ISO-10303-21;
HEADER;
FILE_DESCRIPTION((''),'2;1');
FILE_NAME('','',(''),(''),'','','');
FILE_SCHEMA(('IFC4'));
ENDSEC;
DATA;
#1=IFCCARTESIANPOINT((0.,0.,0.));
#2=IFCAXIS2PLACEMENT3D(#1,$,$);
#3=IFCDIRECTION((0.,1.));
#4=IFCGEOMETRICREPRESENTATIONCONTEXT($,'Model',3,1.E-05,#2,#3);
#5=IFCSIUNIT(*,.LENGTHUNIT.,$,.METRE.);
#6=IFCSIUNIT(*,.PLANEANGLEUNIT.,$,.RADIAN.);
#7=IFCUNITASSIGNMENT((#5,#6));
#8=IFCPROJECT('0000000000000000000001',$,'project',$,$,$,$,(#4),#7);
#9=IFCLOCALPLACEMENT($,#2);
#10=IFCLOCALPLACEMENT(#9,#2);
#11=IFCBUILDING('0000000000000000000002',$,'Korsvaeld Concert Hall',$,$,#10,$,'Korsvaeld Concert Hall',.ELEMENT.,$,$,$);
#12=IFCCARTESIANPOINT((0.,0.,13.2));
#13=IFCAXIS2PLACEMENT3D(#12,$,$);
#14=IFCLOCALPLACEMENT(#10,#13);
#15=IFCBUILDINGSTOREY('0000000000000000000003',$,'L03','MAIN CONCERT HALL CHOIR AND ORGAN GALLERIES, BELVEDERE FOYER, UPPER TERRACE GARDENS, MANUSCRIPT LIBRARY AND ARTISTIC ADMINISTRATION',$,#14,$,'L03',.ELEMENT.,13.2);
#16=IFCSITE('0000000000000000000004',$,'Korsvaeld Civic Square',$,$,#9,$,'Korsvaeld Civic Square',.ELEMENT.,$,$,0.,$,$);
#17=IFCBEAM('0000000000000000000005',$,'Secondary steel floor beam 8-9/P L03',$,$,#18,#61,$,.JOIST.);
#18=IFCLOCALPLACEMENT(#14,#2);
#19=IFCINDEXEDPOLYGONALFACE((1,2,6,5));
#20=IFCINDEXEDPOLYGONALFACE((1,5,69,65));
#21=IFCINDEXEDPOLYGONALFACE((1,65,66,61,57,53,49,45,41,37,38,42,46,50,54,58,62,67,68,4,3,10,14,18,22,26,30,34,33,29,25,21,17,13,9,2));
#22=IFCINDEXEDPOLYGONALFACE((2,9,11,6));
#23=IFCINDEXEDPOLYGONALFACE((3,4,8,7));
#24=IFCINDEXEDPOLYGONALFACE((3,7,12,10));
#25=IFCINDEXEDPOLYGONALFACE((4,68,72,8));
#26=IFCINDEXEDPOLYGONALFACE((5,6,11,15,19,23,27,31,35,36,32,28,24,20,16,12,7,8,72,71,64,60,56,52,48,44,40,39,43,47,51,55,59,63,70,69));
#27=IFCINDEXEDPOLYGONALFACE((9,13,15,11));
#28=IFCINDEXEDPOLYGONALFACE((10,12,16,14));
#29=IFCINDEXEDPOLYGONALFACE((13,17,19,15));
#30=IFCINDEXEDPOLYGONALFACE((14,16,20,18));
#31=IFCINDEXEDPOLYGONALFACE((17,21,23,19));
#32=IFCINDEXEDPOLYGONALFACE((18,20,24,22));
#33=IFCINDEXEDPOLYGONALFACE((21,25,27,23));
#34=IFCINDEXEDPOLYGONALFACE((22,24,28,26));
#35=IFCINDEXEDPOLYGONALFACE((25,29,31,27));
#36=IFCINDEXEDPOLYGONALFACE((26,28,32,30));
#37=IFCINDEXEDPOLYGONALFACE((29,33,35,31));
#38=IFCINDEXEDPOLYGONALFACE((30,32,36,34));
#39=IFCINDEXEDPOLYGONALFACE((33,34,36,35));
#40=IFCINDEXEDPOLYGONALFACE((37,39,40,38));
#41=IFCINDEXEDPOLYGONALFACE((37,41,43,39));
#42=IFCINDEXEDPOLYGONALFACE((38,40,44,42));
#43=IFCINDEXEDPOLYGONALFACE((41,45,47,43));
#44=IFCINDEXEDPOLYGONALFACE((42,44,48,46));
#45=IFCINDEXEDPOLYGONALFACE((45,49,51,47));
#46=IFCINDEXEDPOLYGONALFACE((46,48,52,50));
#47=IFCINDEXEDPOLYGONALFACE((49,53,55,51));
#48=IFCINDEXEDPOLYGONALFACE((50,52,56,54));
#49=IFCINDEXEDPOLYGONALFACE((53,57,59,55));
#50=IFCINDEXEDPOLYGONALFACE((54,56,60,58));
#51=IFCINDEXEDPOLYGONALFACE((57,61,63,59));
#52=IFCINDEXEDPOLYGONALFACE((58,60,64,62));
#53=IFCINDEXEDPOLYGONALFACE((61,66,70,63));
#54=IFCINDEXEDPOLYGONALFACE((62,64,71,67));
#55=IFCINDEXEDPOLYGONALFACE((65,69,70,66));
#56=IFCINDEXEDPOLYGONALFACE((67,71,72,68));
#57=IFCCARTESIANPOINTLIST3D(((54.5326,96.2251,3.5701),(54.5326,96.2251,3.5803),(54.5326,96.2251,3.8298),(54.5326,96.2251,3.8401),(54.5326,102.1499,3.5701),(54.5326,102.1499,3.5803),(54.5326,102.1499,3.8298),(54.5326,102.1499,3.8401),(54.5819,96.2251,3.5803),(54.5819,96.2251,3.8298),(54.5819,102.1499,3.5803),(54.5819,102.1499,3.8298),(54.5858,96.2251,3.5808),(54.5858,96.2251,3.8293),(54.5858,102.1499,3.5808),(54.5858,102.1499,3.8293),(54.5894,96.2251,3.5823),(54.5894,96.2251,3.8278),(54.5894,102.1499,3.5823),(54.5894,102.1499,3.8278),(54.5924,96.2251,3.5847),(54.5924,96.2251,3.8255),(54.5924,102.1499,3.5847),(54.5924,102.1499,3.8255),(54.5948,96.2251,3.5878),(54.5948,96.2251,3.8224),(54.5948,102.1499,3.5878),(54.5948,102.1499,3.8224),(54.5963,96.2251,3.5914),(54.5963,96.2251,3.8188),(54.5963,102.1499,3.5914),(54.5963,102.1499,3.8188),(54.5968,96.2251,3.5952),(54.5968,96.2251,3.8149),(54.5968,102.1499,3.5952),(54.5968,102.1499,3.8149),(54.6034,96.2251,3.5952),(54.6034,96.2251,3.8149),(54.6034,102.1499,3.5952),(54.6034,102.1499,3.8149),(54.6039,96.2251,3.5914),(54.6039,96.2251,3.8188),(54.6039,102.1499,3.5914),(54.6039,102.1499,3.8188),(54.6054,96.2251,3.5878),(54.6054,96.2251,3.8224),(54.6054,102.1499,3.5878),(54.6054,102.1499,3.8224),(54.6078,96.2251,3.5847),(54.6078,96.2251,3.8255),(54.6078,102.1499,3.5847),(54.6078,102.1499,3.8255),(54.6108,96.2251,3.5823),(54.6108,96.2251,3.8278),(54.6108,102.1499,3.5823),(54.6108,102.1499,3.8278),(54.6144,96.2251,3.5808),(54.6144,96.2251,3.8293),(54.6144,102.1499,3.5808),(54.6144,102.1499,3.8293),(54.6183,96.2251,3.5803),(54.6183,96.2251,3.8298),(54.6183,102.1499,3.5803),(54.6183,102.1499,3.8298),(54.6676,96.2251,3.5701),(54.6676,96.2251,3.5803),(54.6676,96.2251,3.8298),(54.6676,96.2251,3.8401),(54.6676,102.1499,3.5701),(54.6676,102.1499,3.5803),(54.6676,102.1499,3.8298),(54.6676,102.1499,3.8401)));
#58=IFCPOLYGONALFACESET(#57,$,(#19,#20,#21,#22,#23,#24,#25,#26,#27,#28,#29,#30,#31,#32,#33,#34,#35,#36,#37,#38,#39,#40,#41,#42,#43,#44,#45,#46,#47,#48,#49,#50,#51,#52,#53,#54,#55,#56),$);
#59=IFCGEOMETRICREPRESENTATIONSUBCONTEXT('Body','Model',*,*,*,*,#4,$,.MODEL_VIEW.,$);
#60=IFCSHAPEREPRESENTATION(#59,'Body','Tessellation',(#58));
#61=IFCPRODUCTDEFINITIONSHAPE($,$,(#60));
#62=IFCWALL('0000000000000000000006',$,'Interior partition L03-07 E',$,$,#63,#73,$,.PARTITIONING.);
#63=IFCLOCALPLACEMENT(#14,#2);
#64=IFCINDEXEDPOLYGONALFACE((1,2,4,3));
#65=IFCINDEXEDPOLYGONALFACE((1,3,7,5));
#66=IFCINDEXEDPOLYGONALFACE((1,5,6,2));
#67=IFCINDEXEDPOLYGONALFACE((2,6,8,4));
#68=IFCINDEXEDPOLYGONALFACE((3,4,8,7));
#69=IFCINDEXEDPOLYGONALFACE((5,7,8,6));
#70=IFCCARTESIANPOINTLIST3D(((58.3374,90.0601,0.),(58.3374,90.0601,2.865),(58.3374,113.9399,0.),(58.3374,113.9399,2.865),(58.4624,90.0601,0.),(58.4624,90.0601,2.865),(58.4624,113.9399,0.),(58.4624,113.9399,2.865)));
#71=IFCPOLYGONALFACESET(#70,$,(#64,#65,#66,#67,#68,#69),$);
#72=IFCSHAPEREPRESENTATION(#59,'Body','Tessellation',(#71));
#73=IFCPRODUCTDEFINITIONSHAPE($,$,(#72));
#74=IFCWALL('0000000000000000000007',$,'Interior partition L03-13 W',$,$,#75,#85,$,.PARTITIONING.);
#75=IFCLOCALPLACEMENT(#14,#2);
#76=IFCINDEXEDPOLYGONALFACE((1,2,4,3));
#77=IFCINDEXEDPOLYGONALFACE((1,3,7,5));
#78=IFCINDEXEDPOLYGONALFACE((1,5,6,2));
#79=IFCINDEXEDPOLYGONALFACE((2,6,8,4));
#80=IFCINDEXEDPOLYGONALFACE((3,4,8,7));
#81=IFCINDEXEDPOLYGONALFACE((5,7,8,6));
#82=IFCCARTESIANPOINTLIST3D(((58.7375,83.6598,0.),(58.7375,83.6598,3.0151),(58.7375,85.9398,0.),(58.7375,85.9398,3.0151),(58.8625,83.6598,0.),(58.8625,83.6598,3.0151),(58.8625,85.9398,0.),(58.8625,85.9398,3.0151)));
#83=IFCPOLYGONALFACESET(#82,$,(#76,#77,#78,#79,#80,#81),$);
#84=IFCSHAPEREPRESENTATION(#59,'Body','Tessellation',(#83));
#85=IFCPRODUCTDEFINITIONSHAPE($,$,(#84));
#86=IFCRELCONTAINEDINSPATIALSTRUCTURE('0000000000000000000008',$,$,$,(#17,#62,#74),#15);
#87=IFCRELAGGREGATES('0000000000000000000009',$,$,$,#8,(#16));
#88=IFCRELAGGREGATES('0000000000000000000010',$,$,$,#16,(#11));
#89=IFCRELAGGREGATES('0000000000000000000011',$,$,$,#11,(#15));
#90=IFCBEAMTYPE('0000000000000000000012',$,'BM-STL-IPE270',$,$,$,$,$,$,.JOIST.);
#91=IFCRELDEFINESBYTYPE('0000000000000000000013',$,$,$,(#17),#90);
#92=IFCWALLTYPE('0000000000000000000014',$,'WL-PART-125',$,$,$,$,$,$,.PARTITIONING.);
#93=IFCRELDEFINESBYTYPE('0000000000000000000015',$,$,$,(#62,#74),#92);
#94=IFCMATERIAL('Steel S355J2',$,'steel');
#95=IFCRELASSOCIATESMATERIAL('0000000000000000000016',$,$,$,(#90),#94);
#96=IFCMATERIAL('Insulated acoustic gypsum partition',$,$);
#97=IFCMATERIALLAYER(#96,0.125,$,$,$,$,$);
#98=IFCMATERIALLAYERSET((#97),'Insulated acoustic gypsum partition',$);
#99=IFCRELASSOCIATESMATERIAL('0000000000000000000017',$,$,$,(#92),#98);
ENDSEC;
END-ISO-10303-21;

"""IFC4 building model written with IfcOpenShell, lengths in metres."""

from ifc_helpers import new_model, si_unit, direction, frame, frame_2d, origin, origin_2d, place, context, subcontext, project, spatial, rectangle, i_section, extrude, material, layer, layer_set, material_profile, profile_set, type_object, element, save


model = new_model("IFC4")

# Units and contexts
model_context = context("Model", 3, precision=1e-05, world=origin(), true_north=direction((0.0, 1.0)))
body_context = subcontext(model_context, "Body", "Model", "MODEL_VIEW")
ifc_project = project(units=[si_unit("LENGTHUNIT", "METRE"), si_unit("PLANEANGLEUNIT", "RADIAN")], contexts=[model_context])

# Site, building, storey
site_placement = place(None, origin())
site = spatial("IfcSite", under=ifc_project, at=site_placement, Name="Korsvaeld Civic Square", LongName="Korsvaeld Civic Square", CompositionType="ELEMENT", RefElevation=0.0)
building_placement = place(site_placement, origin())
building = spatial("IfcBuilding", under=site, at=building_placement, Name="Korsvaeld Concert Hall", LongName="Korsvaeld Concert Hall", CompositionType="ELEMENT")
storey_placement = place(building_placement, frame((0.0, 0.0, 13.2)))
storey = spatial("IfcBuildingStorey", under=building, at=storey_placement, Name="L03", Description="MAIN CONCERT HALL CHOIR AND ORGAN GALLERIES, BELVEDERE FOYER, UPPER TERRACE GARDENS, MANUSCRIPT LIBRARY AND ARTISTIC ADMINISTRATION", LongName="L03", CompositionType="ELEMENT", Elevation=13.2)

# Beam
ifc_material_1 = material(Name="Steel S355J2", Category="steel")
ifc_material_profile_1 = material_profile(ifc_material_1, i_section(OverallWidth=0.135, OverallDepth=0.27, WebThickness=0.0066, FlangeThickness=0.0103, FilletRadius=0.0149, at=origin_2d()), Name="IPE 270")
ifc_profile_set_1 = profile_set([ifc_material_profile_1], Name="Steel S355J2")
beam_type_1 = type_object("IfcBeamType", Name="BM-STL-IPE270", PredefinedType="JOIST", material=ifc_profile_set_1)
beam_1_placement = place(storey_placement, frame((54.6001, 96.2251, 3.7051), z_axis=(0.0, 1.0, 0.0), x_axis=(-1.0, 0.0, 0.0)))
element("IfcBeam", 1, at=beam_1_placement, inside=storey, type_object=beam_type_1, Name="Secondary steel floor beam 8-9/P L03", PredefinedType="JOIST", context=body_context, shape_type="SweptSolid", body=[
    extrude(i_section(OverallWidth=0.135, OverallDepth=0.27, WebThickness=0.0066, FlangeThickness=0.0103, FilletRadius=0.0149, at=origin_2d()), origin(), (0.0, 0.0, 1.0), 5.9248),
])

# Walls
ifc_material_2 = material(Name="Insulated acoustic gypsum partition")
ifc_layer = layer(ifc_material_2, 0.125)
ifc_layer_set = layer_set([ifc_layer], Name="Insulated acoustic gypsum partition")
wall_type = type_object("IfcWallType", Name="WL-PART-125", PredefinedType="PARTITIONING", material=ifc_layer_set)
wall_1_placement = place(storey_placement, frame((58.3999, 90.0601, 0.0), z_axis=(0.0, 0.0, 1.0), x_axis=(0.0, 1.0, 0.0)))
element("IfcWall", 2, at=wall_1_placement, inside=storey, type_object=wall_type, Name="Interior partition L03-07 E", PredefinedType="PARTITIONING", context=body_context, shape_type="SweptSolid", body=[
    extrude(rectangle(XDim=23.8799, YDim=0.125, at=frame_2d((11.9399, 0.0))), origin(), (0.0, 0.0, 1.0), 2.865),
])
wall_2_placement = place(storey_placement, frame((58.8, 85.9399, 0.0), z_axis=(0.0, 0.0, 1.0), x_axis=(0.0, -1.0, 0.0)))
element("IfcWall", 3, at=wall_2_placement, inside=storey, type_object=wall_type, Name="Interior partition L03-13 W", PredefinedType="PARTITIONING", context=body_context, shape_type="SweptSolid", body=[
    extrude(rectangle(XDim=2.28, YDim=0.125, at=frame_2d((1.1401, 0.0))), origin(), (0.0, 0.0, 1.0), 3.0151),
])

save(model, "model.ifc")
